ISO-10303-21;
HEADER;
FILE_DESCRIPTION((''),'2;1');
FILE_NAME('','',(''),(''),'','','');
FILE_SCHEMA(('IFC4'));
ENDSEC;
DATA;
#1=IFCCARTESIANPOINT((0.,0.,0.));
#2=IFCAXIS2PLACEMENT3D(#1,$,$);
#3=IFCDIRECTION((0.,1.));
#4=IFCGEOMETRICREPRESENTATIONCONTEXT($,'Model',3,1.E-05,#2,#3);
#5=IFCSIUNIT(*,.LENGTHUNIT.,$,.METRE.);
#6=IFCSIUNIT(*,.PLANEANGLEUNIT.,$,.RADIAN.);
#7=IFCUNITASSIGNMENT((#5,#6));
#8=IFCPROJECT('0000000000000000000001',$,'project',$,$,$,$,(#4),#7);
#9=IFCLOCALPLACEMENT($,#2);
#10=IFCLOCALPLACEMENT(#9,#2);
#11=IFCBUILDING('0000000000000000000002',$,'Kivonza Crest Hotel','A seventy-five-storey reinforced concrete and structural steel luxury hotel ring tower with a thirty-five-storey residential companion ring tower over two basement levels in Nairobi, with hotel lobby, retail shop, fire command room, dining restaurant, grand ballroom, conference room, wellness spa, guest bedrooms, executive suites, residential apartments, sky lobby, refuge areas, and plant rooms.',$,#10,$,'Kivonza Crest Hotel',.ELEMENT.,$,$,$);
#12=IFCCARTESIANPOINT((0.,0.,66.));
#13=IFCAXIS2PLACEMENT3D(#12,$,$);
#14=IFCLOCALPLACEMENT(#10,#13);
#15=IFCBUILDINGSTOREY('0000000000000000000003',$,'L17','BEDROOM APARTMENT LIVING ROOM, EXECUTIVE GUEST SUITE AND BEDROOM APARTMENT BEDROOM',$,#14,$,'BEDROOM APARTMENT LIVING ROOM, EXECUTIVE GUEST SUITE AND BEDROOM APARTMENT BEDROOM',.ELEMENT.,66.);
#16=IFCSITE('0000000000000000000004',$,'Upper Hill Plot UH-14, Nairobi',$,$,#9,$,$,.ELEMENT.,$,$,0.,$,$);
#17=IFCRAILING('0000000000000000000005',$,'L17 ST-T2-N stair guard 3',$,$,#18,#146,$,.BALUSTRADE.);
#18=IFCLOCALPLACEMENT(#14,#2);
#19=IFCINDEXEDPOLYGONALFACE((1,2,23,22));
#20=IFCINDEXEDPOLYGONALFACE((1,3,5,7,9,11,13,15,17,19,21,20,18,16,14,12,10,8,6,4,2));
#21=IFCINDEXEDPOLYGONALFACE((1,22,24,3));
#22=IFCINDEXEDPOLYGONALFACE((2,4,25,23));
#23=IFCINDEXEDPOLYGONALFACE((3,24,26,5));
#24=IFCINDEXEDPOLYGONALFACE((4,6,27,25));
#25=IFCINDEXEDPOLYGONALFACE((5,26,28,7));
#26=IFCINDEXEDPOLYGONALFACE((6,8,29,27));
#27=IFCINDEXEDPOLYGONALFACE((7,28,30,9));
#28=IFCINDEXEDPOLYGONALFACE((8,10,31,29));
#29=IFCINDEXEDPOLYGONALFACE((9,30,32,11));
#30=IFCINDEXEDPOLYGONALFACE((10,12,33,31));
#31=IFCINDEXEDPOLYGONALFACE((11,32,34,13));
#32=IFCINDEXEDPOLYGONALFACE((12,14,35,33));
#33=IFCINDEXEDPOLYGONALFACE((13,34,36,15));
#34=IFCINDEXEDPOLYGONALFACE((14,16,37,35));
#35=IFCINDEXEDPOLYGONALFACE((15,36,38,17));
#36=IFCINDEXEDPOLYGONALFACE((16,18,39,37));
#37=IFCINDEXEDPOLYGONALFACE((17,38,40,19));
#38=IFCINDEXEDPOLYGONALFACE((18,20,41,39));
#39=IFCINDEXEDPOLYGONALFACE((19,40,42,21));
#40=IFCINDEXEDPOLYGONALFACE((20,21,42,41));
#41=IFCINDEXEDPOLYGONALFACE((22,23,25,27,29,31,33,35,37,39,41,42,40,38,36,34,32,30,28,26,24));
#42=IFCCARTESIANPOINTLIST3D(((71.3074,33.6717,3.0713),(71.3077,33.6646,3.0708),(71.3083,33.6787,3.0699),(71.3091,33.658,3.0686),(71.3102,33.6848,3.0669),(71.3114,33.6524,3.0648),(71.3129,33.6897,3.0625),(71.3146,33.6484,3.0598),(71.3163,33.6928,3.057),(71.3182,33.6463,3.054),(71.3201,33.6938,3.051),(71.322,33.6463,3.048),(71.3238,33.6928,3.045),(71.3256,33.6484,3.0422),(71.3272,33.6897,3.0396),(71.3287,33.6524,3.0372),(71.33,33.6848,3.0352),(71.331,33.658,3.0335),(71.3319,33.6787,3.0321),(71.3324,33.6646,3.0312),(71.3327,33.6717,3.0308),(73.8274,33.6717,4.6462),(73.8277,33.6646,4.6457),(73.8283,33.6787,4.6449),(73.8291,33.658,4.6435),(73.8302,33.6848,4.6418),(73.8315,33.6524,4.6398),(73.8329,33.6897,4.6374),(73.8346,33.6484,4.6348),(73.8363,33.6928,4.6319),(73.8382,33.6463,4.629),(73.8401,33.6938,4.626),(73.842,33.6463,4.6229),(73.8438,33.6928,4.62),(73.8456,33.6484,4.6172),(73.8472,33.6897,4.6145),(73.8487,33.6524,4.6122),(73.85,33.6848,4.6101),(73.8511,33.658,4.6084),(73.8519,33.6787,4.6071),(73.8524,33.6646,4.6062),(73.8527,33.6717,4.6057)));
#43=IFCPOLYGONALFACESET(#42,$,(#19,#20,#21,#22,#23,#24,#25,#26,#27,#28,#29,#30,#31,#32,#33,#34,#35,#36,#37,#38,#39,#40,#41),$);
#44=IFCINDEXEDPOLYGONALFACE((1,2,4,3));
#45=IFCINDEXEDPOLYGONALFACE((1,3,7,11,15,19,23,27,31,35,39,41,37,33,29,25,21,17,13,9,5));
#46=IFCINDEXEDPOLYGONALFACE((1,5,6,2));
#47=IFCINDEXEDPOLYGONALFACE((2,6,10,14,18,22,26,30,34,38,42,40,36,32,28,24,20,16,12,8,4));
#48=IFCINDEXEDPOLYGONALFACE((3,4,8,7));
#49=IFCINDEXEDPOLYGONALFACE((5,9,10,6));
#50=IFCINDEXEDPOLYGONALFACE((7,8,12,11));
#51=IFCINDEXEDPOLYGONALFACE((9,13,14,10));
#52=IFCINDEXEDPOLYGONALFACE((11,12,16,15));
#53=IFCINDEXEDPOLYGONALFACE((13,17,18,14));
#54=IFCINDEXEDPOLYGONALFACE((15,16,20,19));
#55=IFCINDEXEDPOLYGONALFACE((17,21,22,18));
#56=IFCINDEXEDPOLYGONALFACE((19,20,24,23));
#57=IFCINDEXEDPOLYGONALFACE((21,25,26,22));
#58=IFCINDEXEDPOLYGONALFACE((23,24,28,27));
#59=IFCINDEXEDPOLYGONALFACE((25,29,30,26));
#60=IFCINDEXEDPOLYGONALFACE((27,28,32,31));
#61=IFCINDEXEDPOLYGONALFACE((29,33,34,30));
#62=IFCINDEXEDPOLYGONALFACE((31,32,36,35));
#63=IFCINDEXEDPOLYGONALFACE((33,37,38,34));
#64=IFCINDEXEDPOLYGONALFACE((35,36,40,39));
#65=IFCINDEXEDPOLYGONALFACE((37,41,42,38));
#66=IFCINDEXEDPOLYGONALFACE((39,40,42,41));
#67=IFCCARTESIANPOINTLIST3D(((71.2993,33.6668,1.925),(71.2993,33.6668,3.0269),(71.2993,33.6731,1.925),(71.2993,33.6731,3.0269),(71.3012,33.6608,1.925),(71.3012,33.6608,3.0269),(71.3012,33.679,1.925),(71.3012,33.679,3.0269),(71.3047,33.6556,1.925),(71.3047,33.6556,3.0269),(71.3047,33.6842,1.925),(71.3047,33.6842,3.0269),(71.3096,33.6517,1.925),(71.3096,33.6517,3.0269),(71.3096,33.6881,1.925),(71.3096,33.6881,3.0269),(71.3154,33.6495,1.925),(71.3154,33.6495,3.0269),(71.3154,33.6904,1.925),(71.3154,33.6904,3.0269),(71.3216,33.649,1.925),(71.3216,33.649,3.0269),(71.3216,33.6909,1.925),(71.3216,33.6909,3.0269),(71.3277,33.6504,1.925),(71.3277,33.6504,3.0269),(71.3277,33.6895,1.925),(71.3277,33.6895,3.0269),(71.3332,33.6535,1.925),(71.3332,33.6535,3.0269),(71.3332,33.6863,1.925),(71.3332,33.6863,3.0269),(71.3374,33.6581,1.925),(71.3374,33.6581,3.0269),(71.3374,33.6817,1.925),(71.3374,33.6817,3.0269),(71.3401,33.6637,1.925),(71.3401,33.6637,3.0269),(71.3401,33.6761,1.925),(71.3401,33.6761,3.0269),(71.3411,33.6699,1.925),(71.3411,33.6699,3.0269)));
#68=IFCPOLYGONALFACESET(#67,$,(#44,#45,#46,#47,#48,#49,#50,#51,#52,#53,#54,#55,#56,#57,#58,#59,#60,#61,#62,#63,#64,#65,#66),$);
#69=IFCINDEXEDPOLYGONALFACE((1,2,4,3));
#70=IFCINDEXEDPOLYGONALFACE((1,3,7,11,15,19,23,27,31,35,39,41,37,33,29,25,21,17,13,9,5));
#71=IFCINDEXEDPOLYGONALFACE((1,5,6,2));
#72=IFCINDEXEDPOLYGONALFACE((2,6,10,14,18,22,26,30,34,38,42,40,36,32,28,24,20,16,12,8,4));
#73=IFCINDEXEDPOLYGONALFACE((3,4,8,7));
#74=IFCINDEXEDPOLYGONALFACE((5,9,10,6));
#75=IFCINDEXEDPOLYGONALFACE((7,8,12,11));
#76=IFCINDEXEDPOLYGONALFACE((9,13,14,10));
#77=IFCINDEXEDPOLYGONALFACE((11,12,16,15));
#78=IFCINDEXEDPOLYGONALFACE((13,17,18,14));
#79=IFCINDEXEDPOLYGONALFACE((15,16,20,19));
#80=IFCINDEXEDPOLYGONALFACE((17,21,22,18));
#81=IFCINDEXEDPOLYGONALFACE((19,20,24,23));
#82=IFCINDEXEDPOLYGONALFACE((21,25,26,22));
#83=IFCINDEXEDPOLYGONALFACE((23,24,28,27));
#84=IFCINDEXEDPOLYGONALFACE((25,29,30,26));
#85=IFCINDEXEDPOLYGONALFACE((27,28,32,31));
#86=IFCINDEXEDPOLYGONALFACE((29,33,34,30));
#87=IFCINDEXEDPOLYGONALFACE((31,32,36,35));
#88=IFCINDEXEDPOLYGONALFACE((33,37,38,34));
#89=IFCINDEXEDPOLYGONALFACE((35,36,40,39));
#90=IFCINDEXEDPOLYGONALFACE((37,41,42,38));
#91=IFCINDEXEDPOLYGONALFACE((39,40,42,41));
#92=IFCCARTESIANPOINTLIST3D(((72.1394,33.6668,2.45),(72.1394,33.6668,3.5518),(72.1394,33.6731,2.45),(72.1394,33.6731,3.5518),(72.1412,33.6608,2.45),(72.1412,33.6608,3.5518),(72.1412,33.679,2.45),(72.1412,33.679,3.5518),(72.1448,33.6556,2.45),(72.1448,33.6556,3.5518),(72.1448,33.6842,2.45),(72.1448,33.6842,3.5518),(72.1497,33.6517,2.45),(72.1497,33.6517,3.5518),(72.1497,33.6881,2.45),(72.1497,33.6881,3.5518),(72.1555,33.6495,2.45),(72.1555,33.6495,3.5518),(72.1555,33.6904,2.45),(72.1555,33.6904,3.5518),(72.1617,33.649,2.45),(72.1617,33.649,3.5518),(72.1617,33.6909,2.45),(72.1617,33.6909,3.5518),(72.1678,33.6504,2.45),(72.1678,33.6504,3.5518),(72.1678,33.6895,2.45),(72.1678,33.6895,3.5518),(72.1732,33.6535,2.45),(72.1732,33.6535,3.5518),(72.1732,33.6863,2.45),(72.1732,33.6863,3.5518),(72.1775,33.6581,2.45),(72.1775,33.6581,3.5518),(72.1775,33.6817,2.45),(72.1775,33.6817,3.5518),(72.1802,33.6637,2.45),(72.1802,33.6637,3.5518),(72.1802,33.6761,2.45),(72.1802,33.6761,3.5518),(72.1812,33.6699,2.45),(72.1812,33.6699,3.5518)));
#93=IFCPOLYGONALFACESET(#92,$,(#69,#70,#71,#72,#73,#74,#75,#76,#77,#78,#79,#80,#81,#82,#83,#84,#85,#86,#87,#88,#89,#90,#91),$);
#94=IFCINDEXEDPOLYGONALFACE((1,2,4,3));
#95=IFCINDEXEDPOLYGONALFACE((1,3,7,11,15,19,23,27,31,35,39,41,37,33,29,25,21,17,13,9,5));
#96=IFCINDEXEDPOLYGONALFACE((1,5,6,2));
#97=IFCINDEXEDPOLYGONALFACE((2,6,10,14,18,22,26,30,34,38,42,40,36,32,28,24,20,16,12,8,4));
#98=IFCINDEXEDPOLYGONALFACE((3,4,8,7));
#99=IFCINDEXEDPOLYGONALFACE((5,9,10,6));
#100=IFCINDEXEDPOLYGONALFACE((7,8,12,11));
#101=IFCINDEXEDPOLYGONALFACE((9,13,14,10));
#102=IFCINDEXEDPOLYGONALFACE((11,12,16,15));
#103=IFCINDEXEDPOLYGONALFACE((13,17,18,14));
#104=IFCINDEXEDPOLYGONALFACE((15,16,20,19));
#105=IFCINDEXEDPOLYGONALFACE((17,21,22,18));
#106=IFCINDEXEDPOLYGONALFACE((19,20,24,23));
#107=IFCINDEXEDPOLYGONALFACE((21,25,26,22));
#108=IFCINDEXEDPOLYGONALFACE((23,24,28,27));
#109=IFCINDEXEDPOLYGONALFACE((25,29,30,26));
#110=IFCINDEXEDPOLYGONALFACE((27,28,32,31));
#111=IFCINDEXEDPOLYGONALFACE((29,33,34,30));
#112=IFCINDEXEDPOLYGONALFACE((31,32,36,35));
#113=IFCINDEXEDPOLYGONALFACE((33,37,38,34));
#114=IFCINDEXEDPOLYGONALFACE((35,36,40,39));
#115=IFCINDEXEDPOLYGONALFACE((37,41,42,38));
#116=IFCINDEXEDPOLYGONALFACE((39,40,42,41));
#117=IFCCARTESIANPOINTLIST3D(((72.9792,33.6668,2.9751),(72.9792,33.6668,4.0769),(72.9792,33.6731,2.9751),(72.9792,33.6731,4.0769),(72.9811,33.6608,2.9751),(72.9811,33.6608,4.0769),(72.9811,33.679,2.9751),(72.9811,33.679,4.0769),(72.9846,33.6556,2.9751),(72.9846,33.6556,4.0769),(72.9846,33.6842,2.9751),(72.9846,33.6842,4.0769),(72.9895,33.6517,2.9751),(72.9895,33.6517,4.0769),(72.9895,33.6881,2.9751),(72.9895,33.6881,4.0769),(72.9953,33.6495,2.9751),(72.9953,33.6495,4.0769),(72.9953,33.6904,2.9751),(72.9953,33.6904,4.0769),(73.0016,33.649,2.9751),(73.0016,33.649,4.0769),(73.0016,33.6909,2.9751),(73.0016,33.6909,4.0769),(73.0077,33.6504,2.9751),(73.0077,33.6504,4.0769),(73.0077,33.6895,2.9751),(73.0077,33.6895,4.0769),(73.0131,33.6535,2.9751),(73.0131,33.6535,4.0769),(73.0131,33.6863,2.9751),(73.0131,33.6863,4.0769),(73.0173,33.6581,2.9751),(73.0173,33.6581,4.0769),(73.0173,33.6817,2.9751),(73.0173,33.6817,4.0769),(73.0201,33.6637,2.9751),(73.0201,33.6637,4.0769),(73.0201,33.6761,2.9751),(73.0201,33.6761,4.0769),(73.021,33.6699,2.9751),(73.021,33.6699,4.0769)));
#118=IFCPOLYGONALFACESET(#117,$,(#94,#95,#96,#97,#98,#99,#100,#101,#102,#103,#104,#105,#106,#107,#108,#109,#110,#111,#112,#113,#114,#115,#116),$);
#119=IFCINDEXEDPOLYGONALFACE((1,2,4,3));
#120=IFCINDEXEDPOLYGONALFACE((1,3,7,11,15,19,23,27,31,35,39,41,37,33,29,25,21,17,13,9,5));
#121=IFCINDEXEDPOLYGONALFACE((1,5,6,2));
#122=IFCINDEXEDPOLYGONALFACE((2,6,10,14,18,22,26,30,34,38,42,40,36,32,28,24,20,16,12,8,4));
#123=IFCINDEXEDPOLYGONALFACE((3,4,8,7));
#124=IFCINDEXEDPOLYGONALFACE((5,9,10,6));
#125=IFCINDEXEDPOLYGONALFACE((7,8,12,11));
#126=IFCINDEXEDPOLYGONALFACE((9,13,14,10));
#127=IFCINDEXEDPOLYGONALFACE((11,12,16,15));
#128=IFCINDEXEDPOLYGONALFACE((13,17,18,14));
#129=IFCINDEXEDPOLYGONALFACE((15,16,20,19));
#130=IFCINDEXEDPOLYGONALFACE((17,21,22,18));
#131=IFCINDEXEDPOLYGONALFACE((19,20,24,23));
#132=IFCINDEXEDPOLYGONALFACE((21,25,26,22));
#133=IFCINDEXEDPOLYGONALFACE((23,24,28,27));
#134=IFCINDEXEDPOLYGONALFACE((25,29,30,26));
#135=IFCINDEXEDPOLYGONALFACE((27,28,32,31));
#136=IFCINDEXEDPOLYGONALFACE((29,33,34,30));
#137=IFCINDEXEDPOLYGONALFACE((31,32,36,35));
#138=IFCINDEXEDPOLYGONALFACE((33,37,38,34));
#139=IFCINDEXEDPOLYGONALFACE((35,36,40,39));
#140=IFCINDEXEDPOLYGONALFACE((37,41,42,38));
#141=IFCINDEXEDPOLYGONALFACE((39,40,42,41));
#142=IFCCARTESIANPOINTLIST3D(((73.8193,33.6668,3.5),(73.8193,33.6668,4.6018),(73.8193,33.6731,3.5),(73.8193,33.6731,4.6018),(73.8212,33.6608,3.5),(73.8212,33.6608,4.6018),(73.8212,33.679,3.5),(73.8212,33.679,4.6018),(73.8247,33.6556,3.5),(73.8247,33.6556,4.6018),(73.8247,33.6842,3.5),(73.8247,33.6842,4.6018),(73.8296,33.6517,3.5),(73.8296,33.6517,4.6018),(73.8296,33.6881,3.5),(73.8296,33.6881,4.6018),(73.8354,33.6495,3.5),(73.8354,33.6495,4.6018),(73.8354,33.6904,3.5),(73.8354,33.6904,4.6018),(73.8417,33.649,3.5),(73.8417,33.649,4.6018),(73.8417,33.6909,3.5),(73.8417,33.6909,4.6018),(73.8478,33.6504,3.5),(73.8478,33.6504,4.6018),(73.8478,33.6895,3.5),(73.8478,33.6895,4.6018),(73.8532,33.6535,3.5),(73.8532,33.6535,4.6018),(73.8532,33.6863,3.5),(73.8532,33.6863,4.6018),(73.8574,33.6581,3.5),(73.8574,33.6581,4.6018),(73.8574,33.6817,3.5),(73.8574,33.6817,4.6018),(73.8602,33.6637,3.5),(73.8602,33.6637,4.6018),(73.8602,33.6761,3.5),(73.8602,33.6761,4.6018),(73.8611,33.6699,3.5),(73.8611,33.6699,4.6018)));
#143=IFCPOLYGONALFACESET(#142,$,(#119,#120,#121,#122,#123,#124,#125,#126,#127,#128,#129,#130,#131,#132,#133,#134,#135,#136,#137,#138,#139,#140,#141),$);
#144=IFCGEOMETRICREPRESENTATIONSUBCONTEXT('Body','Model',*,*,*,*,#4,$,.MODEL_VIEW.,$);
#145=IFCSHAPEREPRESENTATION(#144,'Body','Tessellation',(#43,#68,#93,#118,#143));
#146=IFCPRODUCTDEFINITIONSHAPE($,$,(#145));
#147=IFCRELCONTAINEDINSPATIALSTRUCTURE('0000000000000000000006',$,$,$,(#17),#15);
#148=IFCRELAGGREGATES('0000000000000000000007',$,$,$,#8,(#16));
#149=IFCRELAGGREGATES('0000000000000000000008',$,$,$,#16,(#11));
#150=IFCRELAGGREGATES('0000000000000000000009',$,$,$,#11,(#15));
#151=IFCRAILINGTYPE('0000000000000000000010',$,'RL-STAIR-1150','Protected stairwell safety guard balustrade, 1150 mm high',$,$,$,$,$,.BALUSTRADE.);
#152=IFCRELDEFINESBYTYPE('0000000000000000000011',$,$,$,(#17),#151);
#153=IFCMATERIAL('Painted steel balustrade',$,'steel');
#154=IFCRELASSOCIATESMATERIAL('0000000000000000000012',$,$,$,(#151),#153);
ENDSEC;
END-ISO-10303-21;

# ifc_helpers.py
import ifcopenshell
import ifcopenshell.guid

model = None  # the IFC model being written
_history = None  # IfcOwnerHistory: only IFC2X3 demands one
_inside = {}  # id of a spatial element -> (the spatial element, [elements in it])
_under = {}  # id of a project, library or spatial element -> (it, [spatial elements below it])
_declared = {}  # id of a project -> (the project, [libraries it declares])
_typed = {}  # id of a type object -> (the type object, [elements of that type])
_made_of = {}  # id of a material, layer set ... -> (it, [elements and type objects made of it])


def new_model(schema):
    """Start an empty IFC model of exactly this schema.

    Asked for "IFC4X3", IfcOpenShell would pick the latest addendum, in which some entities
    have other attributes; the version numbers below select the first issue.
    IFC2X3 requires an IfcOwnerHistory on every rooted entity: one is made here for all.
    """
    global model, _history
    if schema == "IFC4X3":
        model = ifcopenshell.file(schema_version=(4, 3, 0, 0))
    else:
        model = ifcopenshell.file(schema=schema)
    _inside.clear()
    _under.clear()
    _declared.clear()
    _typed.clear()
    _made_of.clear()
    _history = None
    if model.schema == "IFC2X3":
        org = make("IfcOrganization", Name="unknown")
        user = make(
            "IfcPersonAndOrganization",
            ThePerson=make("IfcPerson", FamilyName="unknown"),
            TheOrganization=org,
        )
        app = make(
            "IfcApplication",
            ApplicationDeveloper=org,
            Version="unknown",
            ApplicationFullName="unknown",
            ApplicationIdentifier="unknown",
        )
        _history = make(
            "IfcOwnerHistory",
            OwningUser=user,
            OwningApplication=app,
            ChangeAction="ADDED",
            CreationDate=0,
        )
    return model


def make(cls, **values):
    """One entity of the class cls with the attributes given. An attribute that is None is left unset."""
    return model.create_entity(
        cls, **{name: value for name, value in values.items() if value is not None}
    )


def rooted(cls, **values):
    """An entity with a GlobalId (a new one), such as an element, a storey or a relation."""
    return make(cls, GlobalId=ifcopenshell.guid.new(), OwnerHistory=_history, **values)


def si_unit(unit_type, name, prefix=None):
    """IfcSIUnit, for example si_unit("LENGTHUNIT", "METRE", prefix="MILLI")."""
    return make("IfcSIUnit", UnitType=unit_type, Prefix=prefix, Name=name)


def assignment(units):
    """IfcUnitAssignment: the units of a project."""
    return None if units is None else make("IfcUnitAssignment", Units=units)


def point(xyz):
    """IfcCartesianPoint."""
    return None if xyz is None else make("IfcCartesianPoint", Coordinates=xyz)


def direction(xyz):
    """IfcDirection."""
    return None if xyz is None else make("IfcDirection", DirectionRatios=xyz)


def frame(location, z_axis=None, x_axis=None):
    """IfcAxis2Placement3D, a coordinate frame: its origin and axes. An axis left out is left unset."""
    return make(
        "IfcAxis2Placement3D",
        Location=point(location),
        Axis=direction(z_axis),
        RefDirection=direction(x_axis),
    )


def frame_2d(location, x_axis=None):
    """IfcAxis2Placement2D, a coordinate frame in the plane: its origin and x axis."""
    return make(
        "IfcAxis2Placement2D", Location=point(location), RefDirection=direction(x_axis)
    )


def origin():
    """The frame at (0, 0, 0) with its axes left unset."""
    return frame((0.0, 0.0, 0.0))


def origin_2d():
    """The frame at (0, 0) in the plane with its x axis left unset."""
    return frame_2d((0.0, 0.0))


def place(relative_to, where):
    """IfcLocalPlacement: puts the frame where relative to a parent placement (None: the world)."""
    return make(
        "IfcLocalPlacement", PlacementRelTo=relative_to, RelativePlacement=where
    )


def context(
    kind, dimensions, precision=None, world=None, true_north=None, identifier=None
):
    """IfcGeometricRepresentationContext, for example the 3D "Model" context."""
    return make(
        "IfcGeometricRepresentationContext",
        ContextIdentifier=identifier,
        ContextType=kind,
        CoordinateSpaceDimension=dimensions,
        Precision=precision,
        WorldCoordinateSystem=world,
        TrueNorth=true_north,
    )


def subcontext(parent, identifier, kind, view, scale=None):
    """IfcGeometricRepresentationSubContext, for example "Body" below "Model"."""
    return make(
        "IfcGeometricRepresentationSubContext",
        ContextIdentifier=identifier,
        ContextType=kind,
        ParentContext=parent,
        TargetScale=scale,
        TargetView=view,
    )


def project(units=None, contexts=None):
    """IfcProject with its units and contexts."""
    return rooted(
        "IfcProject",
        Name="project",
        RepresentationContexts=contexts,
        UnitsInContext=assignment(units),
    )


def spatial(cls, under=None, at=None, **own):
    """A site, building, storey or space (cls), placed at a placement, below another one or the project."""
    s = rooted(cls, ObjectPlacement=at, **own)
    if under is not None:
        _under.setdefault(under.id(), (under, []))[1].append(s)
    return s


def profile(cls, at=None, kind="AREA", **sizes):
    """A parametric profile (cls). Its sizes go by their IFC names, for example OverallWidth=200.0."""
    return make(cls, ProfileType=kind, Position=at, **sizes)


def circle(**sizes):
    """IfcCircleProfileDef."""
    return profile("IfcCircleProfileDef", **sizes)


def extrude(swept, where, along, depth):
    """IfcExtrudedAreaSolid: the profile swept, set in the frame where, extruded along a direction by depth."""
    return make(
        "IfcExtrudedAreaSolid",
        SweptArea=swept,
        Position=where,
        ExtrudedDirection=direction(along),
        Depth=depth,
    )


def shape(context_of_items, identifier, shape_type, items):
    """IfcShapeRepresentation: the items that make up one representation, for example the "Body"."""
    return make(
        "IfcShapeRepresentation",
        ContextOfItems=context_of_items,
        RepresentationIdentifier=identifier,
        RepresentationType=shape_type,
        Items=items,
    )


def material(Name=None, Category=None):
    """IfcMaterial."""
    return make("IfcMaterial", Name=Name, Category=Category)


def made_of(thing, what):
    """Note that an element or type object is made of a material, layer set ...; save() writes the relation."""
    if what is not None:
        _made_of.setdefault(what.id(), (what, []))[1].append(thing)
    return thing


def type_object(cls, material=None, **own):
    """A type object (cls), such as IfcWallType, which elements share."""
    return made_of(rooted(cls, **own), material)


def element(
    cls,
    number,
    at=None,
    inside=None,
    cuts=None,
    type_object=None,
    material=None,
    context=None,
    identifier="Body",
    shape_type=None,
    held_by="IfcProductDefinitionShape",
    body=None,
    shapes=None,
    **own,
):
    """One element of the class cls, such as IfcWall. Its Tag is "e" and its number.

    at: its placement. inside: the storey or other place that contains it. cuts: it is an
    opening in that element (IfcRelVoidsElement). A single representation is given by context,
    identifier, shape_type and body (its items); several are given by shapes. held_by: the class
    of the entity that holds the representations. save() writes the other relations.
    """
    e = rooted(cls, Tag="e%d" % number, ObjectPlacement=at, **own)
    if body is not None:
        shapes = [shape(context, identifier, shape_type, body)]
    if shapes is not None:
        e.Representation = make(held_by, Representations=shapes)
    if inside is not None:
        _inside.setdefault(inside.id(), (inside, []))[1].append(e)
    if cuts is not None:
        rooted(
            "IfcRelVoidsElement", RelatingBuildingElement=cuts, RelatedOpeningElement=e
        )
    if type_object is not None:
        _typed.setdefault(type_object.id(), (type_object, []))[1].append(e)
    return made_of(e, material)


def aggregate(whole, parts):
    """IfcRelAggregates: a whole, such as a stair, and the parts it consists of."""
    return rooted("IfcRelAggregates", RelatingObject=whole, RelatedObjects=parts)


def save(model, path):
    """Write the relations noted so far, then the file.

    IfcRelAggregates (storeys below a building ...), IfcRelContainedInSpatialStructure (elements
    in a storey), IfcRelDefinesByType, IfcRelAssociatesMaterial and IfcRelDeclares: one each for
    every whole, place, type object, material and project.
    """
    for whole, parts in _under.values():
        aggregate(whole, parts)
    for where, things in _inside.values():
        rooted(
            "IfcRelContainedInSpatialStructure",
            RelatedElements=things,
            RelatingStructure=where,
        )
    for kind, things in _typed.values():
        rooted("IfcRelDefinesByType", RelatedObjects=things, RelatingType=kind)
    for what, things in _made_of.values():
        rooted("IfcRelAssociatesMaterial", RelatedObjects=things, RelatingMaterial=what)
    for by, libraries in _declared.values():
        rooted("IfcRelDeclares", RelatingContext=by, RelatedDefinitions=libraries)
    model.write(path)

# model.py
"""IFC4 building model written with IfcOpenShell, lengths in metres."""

from ifc_helpers import new_model, si_unit, direction, frame, origin, origin_2d, place, context, subcontext, project, spatial, circle, extrude, material, type_object, element, save


model = new_model("IFC4")

# Units and contexts
model_context = context("Model", 3, precision=1e-05, world=origin(), true_north=direction((0.0, 1.0)))
body_context = subcontext(model_context, "Body", "Model", "MODEL_VIEW")
ifc_project = project(units=[si_unit("LENGTHUNIT", "METRE"), si_unit("PLANEANGLEUNIT", "RADIAN")], contexts=[model_context])

# Site, building, storey
site_placement = place(None, origin())
site = spatial("IfcSite", under=ifc_project, at=site_placement, Name="Upper Hill Plot UH-14, Nairobi", CompositionType="ELEMENT", RefElevation=0.0)
building_placement = place(site_placement, origin())
building = spatial("IfcBuilding", under=site, at=building_placement, Name="Kivonza Crest Hotel", Description="A seventy-five-storey reinforced concrete and structural steel luxury hotel ring tower with a thirty-five-storey residential companion ring tower over two basement levels in Nairobi, with hotel lobby, retail shop, fire command room, dining restaurant, grand ballroom, conference room, wellness spa, guest bedrooms, executive suites, residential apartments, sky lobby, refuge areas, and plant rooms.", LongName="Kivonza Crest Hotel", CompositionType="ELEMENT")
storey_placement = place(building_placement, frame((0.0, 0.0, 66.0)))
storey = spatial("IfcBuildingStorey", under=building, at=storey_placement, Name="L17", Description="BEDROOM APARTMENT LIVING ROOM, EXECUTIVE GUEST SUITE AND BEDROOM APARTMENT BEDROOM", LongName="BEDROOM APARTMENT LIVING ROOM, EXECUTIVE GUEST SUITE AND BEDROOM APARTMENT BEDROOM", CompositionType="ELEMENT", Elevation=66.0)

# Railing
ifc_material_1 = material(Name="Painted steel balustrade", Category="steel")
railing_type_1 = type_object("IfcRailingType", Name="RL-STAIR-1150", Description="Protected stairwell safety guard balustrade, 1150 mm high", PredefinedType="BALUSTRADE", material=ifc_material_1)
railing_1_placement = place(storey_placement, frame((71.3201, 33.6699, 1.925)))
element("IfcRailing", 1, at=railing_1_placement, inside=storey, type_object=railing_type_1, Name="L17 ST-T2-N stair guard 3", PredefinedType="BALUSTRADE", context=body_context, shape_type="SweptSolid", body=[
    extrude(circle(Radius=0.0239, at=origin_2d()), frame((0.0, 0.0, 1.126), z_axis=(0.848008, 0.0, 0.529984), x_axis=(0.0, 1.0, 0.0)), (0.0, 0.0, 1.0), 2.9717),
    extrude(circle(Radius=0.021, at=origin_2d()), origin(), (0.0, 0.0, 1.0), 1.1018),
    extrude(circle(Radius=0.021, at=origin_2d()), frame((0.8401, 0.0, 0.5249)), (0.0, 0.0, 1.0), 1.1018),
    extrude(circle(Radius=0.021, at=origin_2d()), frame((1.6799, 0.0, 1.05)), (0.0, 0.0, 1.0), 1.1018),
    extrude(circle(Radius=0.021, at=origin_2d()), frame((2.52, 0.0, 1.575)), (0.0, 0.0, 1.0), 1.1018),
])

save(model, "model.ifc")
